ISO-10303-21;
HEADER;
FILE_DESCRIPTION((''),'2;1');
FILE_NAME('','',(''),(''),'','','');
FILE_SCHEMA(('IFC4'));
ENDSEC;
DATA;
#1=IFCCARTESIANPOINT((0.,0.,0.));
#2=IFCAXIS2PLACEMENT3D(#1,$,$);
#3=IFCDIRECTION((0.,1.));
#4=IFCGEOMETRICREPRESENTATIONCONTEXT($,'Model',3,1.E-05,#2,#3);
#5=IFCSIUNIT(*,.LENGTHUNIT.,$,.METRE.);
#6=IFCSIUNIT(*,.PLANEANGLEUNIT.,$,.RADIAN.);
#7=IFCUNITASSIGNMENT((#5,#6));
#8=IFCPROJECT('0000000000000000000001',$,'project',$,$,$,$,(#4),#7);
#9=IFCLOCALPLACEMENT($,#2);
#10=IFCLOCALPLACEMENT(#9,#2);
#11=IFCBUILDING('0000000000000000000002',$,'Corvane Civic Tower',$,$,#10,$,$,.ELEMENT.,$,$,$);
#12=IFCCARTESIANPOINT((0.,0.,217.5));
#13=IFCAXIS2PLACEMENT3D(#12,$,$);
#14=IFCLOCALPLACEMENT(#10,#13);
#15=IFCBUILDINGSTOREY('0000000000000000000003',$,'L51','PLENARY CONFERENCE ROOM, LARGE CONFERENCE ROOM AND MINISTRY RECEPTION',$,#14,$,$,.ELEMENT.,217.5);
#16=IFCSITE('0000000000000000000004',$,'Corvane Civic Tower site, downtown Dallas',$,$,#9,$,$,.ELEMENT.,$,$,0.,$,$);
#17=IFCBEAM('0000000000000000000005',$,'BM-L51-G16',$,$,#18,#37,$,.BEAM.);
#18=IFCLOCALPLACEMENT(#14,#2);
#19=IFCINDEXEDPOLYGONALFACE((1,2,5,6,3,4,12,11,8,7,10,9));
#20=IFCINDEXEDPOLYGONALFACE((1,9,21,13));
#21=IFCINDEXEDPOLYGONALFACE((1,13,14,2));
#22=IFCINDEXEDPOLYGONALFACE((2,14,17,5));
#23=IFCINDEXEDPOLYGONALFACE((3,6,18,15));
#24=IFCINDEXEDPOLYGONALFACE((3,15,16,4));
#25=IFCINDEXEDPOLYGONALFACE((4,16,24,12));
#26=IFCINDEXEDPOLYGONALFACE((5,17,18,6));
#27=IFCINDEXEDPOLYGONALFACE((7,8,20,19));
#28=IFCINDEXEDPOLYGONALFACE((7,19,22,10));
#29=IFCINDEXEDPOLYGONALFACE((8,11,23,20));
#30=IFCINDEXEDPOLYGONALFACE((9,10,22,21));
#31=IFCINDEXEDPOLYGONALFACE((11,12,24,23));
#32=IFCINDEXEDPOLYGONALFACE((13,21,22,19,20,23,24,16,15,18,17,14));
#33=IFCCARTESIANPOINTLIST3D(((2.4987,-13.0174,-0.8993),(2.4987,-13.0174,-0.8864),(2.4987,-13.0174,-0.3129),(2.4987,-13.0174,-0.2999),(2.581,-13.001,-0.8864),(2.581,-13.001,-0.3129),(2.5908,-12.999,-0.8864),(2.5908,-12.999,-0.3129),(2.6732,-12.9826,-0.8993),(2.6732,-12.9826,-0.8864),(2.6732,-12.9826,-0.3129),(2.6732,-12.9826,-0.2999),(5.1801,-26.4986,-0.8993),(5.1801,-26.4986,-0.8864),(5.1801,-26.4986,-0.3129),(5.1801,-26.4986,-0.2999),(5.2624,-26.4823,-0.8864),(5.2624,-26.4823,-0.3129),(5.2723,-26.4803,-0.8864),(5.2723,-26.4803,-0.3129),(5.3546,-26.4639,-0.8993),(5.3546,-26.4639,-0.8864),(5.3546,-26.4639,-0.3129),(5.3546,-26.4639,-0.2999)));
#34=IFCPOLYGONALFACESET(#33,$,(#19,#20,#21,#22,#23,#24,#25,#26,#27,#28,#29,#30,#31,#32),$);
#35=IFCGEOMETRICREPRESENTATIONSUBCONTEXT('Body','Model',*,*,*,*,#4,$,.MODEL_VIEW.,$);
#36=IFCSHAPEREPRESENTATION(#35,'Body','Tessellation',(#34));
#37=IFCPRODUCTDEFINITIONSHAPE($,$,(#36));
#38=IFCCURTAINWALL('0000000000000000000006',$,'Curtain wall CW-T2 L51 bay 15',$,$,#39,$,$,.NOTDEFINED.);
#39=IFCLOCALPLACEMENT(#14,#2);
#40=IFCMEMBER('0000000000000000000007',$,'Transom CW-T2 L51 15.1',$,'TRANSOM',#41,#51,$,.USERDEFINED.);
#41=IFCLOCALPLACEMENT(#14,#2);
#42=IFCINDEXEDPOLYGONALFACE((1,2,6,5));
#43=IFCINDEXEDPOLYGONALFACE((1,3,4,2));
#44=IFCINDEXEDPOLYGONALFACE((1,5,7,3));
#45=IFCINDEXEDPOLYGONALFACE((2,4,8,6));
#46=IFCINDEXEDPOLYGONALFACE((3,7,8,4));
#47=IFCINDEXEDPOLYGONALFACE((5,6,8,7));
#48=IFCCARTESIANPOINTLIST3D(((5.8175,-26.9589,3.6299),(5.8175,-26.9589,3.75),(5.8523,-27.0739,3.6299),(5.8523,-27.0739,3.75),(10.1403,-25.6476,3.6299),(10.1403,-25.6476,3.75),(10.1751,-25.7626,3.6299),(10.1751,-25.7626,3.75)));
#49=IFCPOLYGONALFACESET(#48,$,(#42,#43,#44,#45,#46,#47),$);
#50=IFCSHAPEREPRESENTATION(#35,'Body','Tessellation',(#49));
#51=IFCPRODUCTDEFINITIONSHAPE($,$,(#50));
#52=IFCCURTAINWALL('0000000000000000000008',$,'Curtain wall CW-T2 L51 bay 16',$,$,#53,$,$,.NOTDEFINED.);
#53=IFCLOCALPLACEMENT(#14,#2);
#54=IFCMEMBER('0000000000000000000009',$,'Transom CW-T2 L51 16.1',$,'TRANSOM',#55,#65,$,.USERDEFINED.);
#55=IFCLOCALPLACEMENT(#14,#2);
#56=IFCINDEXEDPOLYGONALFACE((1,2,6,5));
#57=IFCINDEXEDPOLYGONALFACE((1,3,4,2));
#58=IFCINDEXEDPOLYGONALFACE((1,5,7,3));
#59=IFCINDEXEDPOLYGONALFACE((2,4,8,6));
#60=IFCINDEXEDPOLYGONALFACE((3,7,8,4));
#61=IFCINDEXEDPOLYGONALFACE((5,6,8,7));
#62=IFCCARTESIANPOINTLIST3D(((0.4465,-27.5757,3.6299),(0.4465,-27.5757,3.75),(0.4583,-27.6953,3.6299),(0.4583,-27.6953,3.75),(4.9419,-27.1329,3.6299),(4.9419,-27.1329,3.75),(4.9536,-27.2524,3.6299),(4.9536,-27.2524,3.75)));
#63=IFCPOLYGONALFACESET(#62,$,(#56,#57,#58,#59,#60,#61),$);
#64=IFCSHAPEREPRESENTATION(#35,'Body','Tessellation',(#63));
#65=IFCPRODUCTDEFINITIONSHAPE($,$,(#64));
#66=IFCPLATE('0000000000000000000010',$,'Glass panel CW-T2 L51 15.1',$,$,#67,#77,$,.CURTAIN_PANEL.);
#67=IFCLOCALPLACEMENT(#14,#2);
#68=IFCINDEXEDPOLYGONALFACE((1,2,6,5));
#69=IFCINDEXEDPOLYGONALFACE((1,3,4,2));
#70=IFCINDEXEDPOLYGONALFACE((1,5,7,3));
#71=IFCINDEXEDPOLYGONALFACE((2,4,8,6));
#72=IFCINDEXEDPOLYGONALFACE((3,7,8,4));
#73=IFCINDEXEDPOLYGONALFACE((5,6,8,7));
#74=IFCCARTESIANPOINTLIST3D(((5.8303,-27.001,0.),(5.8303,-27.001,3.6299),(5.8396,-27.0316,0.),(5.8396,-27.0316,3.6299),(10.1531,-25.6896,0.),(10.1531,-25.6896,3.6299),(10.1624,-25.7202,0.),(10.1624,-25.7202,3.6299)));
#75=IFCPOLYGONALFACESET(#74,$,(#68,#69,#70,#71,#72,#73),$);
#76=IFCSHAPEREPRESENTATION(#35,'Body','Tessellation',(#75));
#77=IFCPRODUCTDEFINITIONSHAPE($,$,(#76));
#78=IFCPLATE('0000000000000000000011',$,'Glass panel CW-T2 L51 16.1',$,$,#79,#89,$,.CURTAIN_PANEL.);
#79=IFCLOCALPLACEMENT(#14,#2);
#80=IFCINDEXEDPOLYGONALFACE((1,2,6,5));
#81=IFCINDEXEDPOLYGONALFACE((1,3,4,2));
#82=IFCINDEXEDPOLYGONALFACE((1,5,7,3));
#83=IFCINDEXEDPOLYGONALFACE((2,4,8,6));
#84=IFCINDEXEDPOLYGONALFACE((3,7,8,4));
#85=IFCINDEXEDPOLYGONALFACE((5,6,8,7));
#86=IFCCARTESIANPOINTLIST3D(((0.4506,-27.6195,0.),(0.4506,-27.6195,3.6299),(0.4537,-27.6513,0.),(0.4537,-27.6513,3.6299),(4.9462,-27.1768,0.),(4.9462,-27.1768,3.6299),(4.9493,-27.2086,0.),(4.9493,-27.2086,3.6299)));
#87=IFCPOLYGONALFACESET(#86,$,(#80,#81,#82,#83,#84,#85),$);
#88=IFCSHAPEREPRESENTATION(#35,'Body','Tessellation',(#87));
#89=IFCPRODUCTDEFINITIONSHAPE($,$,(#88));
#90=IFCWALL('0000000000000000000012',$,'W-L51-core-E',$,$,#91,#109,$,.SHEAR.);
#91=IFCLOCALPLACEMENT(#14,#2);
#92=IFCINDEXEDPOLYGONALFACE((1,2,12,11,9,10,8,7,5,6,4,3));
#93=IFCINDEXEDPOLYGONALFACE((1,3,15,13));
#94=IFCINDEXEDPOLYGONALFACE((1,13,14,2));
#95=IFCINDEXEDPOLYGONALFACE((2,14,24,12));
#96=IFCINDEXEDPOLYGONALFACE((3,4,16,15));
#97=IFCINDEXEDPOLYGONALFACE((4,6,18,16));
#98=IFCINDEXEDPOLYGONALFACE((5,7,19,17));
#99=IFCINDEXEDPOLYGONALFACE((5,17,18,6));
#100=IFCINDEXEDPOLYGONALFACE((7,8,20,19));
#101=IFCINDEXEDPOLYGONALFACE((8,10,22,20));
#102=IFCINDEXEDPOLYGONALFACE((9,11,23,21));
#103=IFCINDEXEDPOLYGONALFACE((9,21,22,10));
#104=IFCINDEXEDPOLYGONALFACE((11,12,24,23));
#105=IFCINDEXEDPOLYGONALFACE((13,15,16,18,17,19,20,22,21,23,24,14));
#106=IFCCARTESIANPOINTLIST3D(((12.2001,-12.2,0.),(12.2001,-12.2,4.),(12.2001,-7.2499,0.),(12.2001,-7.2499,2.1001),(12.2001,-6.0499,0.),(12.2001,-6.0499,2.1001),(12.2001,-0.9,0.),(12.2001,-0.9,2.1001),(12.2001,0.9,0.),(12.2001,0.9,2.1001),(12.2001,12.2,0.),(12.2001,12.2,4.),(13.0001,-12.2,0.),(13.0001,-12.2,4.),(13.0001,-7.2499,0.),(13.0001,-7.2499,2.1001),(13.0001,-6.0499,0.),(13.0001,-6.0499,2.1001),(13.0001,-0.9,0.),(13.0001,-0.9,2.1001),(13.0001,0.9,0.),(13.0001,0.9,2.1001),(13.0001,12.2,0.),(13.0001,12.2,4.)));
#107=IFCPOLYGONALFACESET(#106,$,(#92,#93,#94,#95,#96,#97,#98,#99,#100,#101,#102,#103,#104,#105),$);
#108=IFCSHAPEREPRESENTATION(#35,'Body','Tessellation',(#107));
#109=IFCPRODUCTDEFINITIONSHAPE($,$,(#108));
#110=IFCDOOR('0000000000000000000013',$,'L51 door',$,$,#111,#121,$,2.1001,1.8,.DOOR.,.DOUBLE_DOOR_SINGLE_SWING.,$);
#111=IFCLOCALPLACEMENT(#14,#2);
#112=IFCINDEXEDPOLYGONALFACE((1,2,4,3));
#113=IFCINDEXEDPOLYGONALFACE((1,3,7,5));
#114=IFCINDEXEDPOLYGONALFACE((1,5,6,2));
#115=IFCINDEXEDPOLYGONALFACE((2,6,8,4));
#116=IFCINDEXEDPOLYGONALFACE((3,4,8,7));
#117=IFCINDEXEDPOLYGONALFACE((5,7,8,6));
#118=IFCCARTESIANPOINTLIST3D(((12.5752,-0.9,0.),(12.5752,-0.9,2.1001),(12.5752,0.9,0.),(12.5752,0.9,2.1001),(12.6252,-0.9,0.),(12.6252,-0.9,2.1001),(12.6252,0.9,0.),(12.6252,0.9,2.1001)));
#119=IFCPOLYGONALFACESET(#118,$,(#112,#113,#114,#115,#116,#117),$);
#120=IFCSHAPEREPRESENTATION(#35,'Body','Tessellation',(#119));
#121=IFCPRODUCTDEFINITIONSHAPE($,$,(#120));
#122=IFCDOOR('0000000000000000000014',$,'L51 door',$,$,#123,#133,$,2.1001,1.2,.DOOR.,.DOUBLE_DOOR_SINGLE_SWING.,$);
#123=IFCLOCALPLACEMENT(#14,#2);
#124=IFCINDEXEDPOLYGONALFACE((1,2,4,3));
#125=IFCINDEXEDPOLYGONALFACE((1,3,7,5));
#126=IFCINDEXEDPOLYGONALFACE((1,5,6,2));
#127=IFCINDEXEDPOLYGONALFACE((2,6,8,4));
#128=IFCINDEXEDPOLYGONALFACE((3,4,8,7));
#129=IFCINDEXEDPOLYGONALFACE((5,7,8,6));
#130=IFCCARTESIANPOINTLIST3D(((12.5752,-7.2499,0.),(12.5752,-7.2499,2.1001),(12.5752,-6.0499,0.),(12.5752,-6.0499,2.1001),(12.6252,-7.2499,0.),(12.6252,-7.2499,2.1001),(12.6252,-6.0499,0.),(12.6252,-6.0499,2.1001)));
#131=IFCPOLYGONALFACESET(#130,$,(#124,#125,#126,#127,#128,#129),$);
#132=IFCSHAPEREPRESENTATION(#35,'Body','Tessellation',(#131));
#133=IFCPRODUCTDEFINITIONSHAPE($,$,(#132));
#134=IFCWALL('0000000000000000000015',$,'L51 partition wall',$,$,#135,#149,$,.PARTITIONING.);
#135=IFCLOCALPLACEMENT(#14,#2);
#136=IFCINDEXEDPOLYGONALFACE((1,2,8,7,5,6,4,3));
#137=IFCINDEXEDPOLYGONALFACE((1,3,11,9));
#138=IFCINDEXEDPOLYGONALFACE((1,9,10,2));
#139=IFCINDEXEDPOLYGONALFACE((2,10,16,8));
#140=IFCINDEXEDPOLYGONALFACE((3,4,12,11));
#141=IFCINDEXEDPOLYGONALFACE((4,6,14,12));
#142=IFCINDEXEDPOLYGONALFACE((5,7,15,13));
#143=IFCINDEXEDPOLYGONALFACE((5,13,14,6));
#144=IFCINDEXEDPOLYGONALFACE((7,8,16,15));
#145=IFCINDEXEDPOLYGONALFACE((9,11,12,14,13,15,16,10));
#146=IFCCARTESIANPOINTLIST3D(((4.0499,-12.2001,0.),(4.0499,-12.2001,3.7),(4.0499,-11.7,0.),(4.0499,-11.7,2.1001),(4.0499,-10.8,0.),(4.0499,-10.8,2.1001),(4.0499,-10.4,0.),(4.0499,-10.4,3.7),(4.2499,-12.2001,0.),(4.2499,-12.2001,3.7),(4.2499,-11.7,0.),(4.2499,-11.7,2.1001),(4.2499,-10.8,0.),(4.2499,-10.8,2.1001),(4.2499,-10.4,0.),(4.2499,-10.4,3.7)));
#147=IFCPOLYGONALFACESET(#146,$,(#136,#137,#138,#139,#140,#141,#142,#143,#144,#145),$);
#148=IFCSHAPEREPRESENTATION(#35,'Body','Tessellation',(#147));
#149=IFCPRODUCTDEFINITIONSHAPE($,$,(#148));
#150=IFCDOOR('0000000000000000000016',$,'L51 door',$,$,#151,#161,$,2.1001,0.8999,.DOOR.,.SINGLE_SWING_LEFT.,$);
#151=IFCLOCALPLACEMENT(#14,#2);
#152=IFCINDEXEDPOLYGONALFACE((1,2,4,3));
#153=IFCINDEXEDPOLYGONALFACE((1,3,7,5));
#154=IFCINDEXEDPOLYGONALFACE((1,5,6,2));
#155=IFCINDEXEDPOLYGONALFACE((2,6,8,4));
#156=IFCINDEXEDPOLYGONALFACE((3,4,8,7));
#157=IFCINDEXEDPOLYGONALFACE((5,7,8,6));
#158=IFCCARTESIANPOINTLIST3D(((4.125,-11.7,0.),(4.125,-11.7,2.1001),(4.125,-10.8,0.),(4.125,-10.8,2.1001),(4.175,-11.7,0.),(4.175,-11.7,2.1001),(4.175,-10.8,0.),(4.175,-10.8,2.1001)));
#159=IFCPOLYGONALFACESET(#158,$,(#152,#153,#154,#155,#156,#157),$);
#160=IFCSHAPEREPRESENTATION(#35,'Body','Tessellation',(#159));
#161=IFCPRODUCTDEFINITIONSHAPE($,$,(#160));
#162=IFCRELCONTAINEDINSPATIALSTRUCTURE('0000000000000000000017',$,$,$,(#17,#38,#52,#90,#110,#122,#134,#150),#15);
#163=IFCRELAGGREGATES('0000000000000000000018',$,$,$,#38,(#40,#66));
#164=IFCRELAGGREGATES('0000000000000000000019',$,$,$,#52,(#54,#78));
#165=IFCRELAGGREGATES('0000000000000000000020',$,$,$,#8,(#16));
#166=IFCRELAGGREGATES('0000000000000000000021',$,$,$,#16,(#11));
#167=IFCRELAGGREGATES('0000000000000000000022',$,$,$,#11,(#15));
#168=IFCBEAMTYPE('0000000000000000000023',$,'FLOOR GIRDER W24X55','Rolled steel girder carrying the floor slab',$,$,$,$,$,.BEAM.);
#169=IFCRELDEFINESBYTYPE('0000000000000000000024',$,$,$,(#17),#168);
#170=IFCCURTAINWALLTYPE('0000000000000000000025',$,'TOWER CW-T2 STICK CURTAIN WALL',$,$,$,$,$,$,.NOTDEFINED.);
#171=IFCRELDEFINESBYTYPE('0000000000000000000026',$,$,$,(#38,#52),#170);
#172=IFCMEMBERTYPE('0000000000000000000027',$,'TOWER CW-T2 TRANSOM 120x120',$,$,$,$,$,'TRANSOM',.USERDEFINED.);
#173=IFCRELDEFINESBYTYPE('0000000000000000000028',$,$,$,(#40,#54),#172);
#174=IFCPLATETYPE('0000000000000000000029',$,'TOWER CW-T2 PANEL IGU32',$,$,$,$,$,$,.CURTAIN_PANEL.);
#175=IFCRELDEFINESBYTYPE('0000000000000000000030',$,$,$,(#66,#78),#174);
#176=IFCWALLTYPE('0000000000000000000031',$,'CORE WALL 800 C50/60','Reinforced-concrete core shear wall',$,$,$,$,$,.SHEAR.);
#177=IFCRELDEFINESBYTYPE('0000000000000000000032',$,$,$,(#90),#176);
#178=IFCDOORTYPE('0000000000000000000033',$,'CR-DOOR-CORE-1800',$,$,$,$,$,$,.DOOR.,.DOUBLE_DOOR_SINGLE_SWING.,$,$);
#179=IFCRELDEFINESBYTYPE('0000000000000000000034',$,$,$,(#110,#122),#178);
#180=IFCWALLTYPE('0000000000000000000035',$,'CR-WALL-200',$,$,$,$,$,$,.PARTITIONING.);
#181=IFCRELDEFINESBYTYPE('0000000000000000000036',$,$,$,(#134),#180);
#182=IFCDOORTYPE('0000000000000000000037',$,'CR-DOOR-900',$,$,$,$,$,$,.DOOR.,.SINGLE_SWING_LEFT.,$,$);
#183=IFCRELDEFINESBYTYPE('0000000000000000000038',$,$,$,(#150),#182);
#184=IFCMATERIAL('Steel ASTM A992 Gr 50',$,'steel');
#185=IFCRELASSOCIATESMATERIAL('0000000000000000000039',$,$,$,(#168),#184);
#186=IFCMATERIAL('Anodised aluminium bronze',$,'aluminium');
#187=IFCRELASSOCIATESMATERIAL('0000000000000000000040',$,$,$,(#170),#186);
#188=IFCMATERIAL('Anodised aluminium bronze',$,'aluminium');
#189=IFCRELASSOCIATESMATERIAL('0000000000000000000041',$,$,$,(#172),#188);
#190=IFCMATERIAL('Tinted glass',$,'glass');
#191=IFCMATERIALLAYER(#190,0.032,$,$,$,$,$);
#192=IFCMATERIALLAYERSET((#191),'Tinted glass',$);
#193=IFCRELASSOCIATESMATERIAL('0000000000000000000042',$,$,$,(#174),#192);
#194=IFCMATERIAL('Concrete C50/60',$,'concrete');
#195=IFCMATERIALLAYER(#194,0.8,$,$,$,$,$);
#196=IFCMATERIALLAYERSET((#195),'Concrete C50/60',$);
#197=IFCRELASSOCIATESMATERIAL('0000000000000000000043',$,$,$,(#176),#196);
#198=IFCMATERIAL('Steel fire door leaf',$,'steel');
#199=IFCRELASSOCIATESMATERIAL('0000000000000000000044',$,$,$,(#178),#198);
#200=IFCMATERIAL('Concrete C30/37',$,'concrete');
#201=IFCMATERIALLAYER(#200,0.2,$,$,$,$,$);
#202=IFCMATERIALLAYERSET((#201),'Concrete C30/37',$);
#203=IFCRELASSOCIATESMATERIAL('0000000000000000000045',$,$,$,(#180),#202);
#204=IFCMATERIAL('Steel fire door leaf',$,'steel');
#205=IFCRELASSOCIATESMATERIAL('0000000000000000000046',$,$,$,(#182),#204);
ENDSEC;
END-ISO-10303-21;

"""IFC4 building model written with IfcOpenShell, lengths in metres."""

from ifc_helpers import new_model, si_unit, direction, frame, frame_2d, origin, origin_2d, place, context, subcontext, project, spatial, rectangle, i_section, extrude, material, layer, layer_set, material_profile, profile_set, type_object, element, fill, aggregate, save


model = new_model("IFC4")

# Units and contexts
model_context = context("Model", 3, precision=1e-05, world=origin(), true_north=direction((0.0, 1.0)))
body_context = subcontext(model_context, "Body", "Model", "MODEL_VIEW")
ifc_project = project(units=[si_unit("LENGTHUNIT", "METRE"), si_unit("PLANEANGLEUNIT", "RADIAN")], contexts=[model_context])

# Site, building, storey
site_placement = place(None, origin())
site = spatial("IfcSite", under=ifc_project, at=site_placement, Name="Corvane Civic Tower site, downtown Dallas", CompositionType="ELEMENT", RefElevation=0.0)
building_placement = place(site_placement, origin())
building = spatial("IfcBuilding", under=site, at=building_placement, Name="Corvane Civic Tower", CompositionType="ELEMENT")
storey_placement = place(building_placement, frame((0.0, 0.0, 217.5)))
storey = spatial("IfcBuildingStorey", under=building, at=storey_placement, Name="L51", Description="PLENARY CONFERENCE ROOM, LARGE CONFERENCE ROOM AND MINISTRY RECEPTION", CompositionType="ELEMENT", Elevation=217.5)

# Beam
ifc_material_1 = material(Name="Steel ASTM A992 Gr 50", Category="steel")
ifc_material_profile_1 = material_profile(ifc_material_1, i_section(OverallWidth=0.178, OverallDepth=0.5994, WebThickness=0.01, FlangeThickness=0.0129, at=origin_2d()), Name="W24X55")
ifc_profile_set_1 = profile_set([ifc_material_profile_1], Name="Steel ASTM A992 Gr 50")
beam_type_1 = type_object("IfcBeamType", Name="FLOOR GIRDER W24X55", Description="Rolled steel girder carrying the floor slab", PredefinedType="BEAM", material=ifc_profile_set_1)
beam_1_placement = place(storey_placement, frame((2.5859, -13.0, -0.5996), z_axis=(0.195078, -0.980788, 0.0), x_axis=(0.980788, 0.195078, 0.0)))
element("IfcBeam", 1, at=beam_1_placement, inside=storey, type_object=beam_type_1, Name="BM-L51-G16", PredefinedType="BEAM", context=body_context, shape_type="SweptSolid", body=[
    extrude(i_section(OverallWidth=0.178, OverallDepth=0.5994, WebThickness=0.01, FlangeThickness=0.0129, at=origin_2d()), origin(), (0.0, 0.0, 1.0), 13.7454),
])

# Curtain walls, members
ifc_material_2 = material(Name="Anodised aluminium bronze", Category="aluminium")
curtain_wall_type = type_object("IfcCurtainWallType", Name="TOWER CW-T2 STICK CURTAIN WALL", PredefinedType="NOTDEFINED", material=ifc_material_2)
curtain_wall_1_placement = place(storey_placement, origin())
curtain_wall_1 = element("IfcCurtainWall", 2, at=curtain_wall_1_placement, inside=storey, type_object=curtain_wall_type, Name="Curtain wall CW-T2 L51 bay 15", PredefinedType="NOTDEFINED")
ifc_material_3 = material(Name="Anodised aluminium bronze", Category="aluminium")
ifc_material_profile_2 = material_profile(ifc_material_3, rectangle(XDim=0.1201, YDim=0.1201, at=origin_2d()), Name="TOWER CW-T2 TRANSOM 120x120")
ifc_profile_set_2 = profile_set([ifc_material_profile_2], Name="Anodised aluminium bronze")
member_type = type_object("IfcMemberType", Name="TOWER CW-T2 TRANSOM 120x120", ElementType="TRANSOM", PredefinedType="USERDEFINED", material=ifc_profile_set_2)
member_1_placement = place(storey_placement, frame((10.1577, -25.7051, 3.6899), z_axis=(-0.956941, -0.290282, 0.0), x_axis=(0.290282, -0.956941, 0.0)))
member_1 = element("IfcMember", 3, at=member_1_placement, type_object=member_type, Name="Transom CW-T2 L51 15.1", ObjectType="TRANSOM", PredefinedType="USERDEFINED", context=body_context, shape_type="SweptSolid", body=[
    extrude(rectangle(XDim=0.1201, YDim=0.1201, at=origin_2d()), origin(), (0.0, 0.0, 1.0), 4.5173),
])
curtain_wall_2_placement = place(storey_placement, origin())
curtain_wall_2 = element("IfcCurtainWall", 4, at=curtain_wall_2_placement, inside=storey, type_object=curtain_wall_type, Name="Curtain wall CW-T2 L51 bay 16", PredefinedType="NOTDEFINED")
member_2_placement = place(storey_placement, frame((4.9478, -27.1926, 3.6899), z_axis=(-0.995182, -0.098043, 0.0), x_axis=(0.098043, -0.995182, 0.0)))
member_2 = element("IfcMember", 5, at=member_2_placement, type_object=member_type, Name="Transom CW-T2 L51 16.1", ObjectType="TRANSOM", PredefinedType="USERDEFINED", context=body_context, shape_type="SweptSolid", body=[
    extrude(rectangle(XDim=0.1201, YDim=0.1201, at=origin_2d()), origin(), (0.0, 0.0, 1.0), 4.5171),
])

# Plates
ifc_material_4 = material(Name="Tinted glass", Category="glass")
ifc_layer_1 = layer(ifc_material_4, 0.032)
ifc_layer_set_1 = layer_set([ifc_layer_1], Name="Tinted glass")
plate_type = type_object("IfcPlateType", Name="TOWER CW-T2 PANEL IGU32", PredefinedType="CURTAIN_PANEL", material=ifc_layer_set_1)
plate_1_placement = place(storey_placement, frame((7.9963, -26.3606, 0.0), z_axis=(0.0, 0.0, 1.0), x_axis=(-0.956939, -0.29029, 0.0)))
plate_1 = element("IfcPlate", 6, at=plate_1_placement, type_object=plate_type, Name="Glass panel CW-T2 L51 15.1", PredefinedType="CURTAIN_PANEL", context=body_context, shape_type="SweptSolid", body=[
    extrude(rectangle(XDim=4.5173, YDim=0.032, at=origin_2d()), origin(), (0.0, 0.0, 1.0), 3.6299),
])
aggregate(curtain_wall_1, [member_1, plate_1])
plate_2_placement = place(storey_placement, frame((2.7, -27.4141, 0.0), z_axis=(0.0, 0.0, 1.0), x_axis=(-0.995187, -0.097993, 0.0)))
plate_2 = element("IfcPlate", 7, at=plate_2_placement, type_object=plate_type, Name="Glass panel CW-T2 L51 16.1", PredefinedType="CURTAIN_PANEL", context=body_context, shape_type="SweptSolid", body=[
    extrude(rectangle(XDim=4.5173, YDim=0.032, at=origin_2d()), origin(), (0.0, 0.0, 1.0), 3.6299),
])
aggregate(curtain_wall_2, [member_2, plate_2])

# Wall, openings, doors
ifc_material_5 = material(Name="Concrete C50/60", Category="concrete")
ifc_layer_2 = layer(ifc_material_5, 0.8)
ifc_layer_set_2 = layer_set([ifc_layer_2], Name="Concrete C50/60")
wall_type_1 = type_object("IfcWallType", Name="CORE WALL 800 C50/60", Description="Reinforced-concrete core shear wall", PredefinedType="SHEAR", material=ifc_layer_set_2)
wall_1_placement = place(storey_placement, frame((12.6001, -12.2, 0.0), z_axis=(0.0, 0.0, 1.0), x_axis=(0.0, 1.0, 0.0)))
wall_1 = element("IfcWall", 8, at=wall_1_placement, inside=storey, type_object=wall_type_1, Name="W-L51-core-E", PredefinedType="SHEAR", context=body_context, shape_type="SweptSolid", body=[
    extrude(rectangle(XDim=24.3999, YDim=0.8, at=frame_2d((12.2, 0.0))), origin(), (0.0, 0.0, 1.0), 4.0),
])
opening_1_placement = place(wall_1_placement, frame((11.3, 0.0, 0.0)))
opening_1 = element("IfcOpeningElement", 9, at=opening_1_placement, cuts=wall_1, PredefinedType="OPENING", context=body_context, shape_type="SweptSolid", body=[
    extrude(rectangle(XDim=1.8, YDim=2.1001, at=frame_2d((0.8999, 1.05))), frame((0.0, 0.4099, 0.0), z_axis=(0.0, -1.0, 0.0), x_axis=(1.0, 0.0, 0.0)), (0.0, 0.0, 1.0), 0.8201),
])
opening_2_placement = place(wall_1_placement, frame((4.95, 0.0, 0.0)))
opening_2 = element("IfcOpeningElement", 10, at=opening_2_placement, cuts=wall_1, PredefinedType="OPENING", context=body_context, shape_type="SweptSolid", body=[
    extrude(rectangle(XDim=1.2, YDim=2.1001, at=frame_2d((0.6001, 1.05))), frame((0.0, 0.4099, 0.0), z_axis=(0.0, -1.0, 0.0), x_axis=(1.0, 0.0, 0.0)), (0.0, 0.0, 1.0), 0.8201),
])
ifc_material_6 = material(Name="Steel fire door leaf", Category="steel")
door_type_1 = type_object("IfcDoorType", Name="CR-DOOR-CORE-1800", OperationType="DOUBLE_DOOR_SINGLE_SWING", PredefinedType="DOOR", material=ifc_material_6)
door_1_placement = place(opening_1_placement, origin())
door_1 = element("IfcDoor", 11, at=door_1_placement, inside=storey, type_object=door_type_1, Name="L51 door", OperationType="DOUBLE_DOOR_SINGLE_SWING", OverallHeight=2.1001, OverallWidth=1.8, PredefinedType="DOOR", context=body_context, shape_type="SweptSolid", body=[
    extrude(rectangle(XDim=1.8, YDim=2.1001, at=frame_2d((0.8999, 1.05))), frame((0.0, 0.0249, 0.0), z_axis=(0.0, -1.0, 0.0), x_axis=(1.0, 0.0, 0.0)), (0.0, 0.0, 1.0), 0.05),
])
fill(opening_1, door_1)
door_2_placement = place(opening_2_placement, origin())
door_2 = element("IfcDoor", 12, at=door_2_placement, inside=storey, type_object=door_type_1, Name="L51 door", OperationType="DOUBLE_DOOR_SINGLE_SWING", OverallHeight=2.1001, OverallWidth=1.2, PredefinedType="DOOR", context=body_context, shape_type="SweptSolid", body=[
    extrude(rectangle(XDim=1.2, YDim=2.1001, at=frame_2d((0.6001, 1.05))), frame((0.0, 0.0249, 0.0), z_axis=(0.0, -1.0, 0.0), x_axis=(1.0, 0.0, 0.0)), (0.0, 0.0, 1.0), 0.05),
])
fill(opening_2, door_2)

# Wall, opening, door
ifc_material_7 = material(Name="Concrete C30/37", Category="concrete")
ifc_layer_3 = layer(ifc_material_7, 0.2)
ifc_layer_set_3 = layer_set([ifc_layer_3], Name="Concrete C30/37")
wall_type_2 = type_object("IfcWallType", Name="CR-WALL-200", PredefinedType="PARTITIONING", material=ifc_layer_set_3)
wall_2_placement = place(storey_placement, frame((4.1499, -12.2, 0.0), z_axis=(0.0, 0.0, 1.0), x_axis=(0.0, 1.0, 0.0)))
wall_2 = element("IfcWall", 13, at=wall_2_placement, inside=storey, type_object=wall_type_2, Name="L51 partition wall", PredefinedType="PARTITIONING", context=body_context, shape_type="SweptSolid", body=[
    extrude(rectangle(XDim=1.8, YDim=0.2, at=frame_2d((0.8999, 0.0))), origin(), (0.0, 0.0, 1.0), 3.7),
])
opening_3_placement = place(wall_2_placement, frame((0.5, 0.0, 0.0)))
opening_3 = element("IfcOpeningElement", 14, at=opening_3_placement, cuts=wall_2, PredefinedType="OPENING", context=body_context, shape_type="SweptSolid", body=[
    extrude(rectangle(XDim=0.8999, YDim=2.1001, at=frame_2d((0.45, 1.05))), frame((0.0, 0.1099, 0.0), z_axis=(0.0, -1.0, 0.0), x_axis=(1.0, 0.0, 0.0)), (0.0, 0.0, 1.0), 0.22),
])
ifc_material_8 = material(Name="Steel fire door leaf", Category="steel")
door_type_2 = type_object("IfcDoorType", Name="CR-DOOR-900", OperationType="SINGLE_SWING_LEFT", PredefinedType="DOOR", material=ifc_material_8)
door_3_placement = place(opening_3_placement, origin())
door_3 = element("IfcDoor", 15, at=door_3_placement, inside=storey, type_object=door_type_2, Name="L51 door", OperationType="SINGLE_SWING_LEFT", OverallHeight=2.1001, OverallWidth=0.8999, PredefinedType="DOOR", context=body_context, shape_type="SweptSolid", body=[
    extrude(rectangle(XDim=0.8999, YDim=2.1001, at=frame_2d((0.45, 1.05))), frame((0.0, 0.0249, 0.0), z_axis=(0.0, -1.0, 0.0), x_axis=(1.0, 0.0, 0.0)), (0.0, 0.0, 1.0), 0.05),
])
fill(opening_3, door_3)

save(model, "model.ifc")
